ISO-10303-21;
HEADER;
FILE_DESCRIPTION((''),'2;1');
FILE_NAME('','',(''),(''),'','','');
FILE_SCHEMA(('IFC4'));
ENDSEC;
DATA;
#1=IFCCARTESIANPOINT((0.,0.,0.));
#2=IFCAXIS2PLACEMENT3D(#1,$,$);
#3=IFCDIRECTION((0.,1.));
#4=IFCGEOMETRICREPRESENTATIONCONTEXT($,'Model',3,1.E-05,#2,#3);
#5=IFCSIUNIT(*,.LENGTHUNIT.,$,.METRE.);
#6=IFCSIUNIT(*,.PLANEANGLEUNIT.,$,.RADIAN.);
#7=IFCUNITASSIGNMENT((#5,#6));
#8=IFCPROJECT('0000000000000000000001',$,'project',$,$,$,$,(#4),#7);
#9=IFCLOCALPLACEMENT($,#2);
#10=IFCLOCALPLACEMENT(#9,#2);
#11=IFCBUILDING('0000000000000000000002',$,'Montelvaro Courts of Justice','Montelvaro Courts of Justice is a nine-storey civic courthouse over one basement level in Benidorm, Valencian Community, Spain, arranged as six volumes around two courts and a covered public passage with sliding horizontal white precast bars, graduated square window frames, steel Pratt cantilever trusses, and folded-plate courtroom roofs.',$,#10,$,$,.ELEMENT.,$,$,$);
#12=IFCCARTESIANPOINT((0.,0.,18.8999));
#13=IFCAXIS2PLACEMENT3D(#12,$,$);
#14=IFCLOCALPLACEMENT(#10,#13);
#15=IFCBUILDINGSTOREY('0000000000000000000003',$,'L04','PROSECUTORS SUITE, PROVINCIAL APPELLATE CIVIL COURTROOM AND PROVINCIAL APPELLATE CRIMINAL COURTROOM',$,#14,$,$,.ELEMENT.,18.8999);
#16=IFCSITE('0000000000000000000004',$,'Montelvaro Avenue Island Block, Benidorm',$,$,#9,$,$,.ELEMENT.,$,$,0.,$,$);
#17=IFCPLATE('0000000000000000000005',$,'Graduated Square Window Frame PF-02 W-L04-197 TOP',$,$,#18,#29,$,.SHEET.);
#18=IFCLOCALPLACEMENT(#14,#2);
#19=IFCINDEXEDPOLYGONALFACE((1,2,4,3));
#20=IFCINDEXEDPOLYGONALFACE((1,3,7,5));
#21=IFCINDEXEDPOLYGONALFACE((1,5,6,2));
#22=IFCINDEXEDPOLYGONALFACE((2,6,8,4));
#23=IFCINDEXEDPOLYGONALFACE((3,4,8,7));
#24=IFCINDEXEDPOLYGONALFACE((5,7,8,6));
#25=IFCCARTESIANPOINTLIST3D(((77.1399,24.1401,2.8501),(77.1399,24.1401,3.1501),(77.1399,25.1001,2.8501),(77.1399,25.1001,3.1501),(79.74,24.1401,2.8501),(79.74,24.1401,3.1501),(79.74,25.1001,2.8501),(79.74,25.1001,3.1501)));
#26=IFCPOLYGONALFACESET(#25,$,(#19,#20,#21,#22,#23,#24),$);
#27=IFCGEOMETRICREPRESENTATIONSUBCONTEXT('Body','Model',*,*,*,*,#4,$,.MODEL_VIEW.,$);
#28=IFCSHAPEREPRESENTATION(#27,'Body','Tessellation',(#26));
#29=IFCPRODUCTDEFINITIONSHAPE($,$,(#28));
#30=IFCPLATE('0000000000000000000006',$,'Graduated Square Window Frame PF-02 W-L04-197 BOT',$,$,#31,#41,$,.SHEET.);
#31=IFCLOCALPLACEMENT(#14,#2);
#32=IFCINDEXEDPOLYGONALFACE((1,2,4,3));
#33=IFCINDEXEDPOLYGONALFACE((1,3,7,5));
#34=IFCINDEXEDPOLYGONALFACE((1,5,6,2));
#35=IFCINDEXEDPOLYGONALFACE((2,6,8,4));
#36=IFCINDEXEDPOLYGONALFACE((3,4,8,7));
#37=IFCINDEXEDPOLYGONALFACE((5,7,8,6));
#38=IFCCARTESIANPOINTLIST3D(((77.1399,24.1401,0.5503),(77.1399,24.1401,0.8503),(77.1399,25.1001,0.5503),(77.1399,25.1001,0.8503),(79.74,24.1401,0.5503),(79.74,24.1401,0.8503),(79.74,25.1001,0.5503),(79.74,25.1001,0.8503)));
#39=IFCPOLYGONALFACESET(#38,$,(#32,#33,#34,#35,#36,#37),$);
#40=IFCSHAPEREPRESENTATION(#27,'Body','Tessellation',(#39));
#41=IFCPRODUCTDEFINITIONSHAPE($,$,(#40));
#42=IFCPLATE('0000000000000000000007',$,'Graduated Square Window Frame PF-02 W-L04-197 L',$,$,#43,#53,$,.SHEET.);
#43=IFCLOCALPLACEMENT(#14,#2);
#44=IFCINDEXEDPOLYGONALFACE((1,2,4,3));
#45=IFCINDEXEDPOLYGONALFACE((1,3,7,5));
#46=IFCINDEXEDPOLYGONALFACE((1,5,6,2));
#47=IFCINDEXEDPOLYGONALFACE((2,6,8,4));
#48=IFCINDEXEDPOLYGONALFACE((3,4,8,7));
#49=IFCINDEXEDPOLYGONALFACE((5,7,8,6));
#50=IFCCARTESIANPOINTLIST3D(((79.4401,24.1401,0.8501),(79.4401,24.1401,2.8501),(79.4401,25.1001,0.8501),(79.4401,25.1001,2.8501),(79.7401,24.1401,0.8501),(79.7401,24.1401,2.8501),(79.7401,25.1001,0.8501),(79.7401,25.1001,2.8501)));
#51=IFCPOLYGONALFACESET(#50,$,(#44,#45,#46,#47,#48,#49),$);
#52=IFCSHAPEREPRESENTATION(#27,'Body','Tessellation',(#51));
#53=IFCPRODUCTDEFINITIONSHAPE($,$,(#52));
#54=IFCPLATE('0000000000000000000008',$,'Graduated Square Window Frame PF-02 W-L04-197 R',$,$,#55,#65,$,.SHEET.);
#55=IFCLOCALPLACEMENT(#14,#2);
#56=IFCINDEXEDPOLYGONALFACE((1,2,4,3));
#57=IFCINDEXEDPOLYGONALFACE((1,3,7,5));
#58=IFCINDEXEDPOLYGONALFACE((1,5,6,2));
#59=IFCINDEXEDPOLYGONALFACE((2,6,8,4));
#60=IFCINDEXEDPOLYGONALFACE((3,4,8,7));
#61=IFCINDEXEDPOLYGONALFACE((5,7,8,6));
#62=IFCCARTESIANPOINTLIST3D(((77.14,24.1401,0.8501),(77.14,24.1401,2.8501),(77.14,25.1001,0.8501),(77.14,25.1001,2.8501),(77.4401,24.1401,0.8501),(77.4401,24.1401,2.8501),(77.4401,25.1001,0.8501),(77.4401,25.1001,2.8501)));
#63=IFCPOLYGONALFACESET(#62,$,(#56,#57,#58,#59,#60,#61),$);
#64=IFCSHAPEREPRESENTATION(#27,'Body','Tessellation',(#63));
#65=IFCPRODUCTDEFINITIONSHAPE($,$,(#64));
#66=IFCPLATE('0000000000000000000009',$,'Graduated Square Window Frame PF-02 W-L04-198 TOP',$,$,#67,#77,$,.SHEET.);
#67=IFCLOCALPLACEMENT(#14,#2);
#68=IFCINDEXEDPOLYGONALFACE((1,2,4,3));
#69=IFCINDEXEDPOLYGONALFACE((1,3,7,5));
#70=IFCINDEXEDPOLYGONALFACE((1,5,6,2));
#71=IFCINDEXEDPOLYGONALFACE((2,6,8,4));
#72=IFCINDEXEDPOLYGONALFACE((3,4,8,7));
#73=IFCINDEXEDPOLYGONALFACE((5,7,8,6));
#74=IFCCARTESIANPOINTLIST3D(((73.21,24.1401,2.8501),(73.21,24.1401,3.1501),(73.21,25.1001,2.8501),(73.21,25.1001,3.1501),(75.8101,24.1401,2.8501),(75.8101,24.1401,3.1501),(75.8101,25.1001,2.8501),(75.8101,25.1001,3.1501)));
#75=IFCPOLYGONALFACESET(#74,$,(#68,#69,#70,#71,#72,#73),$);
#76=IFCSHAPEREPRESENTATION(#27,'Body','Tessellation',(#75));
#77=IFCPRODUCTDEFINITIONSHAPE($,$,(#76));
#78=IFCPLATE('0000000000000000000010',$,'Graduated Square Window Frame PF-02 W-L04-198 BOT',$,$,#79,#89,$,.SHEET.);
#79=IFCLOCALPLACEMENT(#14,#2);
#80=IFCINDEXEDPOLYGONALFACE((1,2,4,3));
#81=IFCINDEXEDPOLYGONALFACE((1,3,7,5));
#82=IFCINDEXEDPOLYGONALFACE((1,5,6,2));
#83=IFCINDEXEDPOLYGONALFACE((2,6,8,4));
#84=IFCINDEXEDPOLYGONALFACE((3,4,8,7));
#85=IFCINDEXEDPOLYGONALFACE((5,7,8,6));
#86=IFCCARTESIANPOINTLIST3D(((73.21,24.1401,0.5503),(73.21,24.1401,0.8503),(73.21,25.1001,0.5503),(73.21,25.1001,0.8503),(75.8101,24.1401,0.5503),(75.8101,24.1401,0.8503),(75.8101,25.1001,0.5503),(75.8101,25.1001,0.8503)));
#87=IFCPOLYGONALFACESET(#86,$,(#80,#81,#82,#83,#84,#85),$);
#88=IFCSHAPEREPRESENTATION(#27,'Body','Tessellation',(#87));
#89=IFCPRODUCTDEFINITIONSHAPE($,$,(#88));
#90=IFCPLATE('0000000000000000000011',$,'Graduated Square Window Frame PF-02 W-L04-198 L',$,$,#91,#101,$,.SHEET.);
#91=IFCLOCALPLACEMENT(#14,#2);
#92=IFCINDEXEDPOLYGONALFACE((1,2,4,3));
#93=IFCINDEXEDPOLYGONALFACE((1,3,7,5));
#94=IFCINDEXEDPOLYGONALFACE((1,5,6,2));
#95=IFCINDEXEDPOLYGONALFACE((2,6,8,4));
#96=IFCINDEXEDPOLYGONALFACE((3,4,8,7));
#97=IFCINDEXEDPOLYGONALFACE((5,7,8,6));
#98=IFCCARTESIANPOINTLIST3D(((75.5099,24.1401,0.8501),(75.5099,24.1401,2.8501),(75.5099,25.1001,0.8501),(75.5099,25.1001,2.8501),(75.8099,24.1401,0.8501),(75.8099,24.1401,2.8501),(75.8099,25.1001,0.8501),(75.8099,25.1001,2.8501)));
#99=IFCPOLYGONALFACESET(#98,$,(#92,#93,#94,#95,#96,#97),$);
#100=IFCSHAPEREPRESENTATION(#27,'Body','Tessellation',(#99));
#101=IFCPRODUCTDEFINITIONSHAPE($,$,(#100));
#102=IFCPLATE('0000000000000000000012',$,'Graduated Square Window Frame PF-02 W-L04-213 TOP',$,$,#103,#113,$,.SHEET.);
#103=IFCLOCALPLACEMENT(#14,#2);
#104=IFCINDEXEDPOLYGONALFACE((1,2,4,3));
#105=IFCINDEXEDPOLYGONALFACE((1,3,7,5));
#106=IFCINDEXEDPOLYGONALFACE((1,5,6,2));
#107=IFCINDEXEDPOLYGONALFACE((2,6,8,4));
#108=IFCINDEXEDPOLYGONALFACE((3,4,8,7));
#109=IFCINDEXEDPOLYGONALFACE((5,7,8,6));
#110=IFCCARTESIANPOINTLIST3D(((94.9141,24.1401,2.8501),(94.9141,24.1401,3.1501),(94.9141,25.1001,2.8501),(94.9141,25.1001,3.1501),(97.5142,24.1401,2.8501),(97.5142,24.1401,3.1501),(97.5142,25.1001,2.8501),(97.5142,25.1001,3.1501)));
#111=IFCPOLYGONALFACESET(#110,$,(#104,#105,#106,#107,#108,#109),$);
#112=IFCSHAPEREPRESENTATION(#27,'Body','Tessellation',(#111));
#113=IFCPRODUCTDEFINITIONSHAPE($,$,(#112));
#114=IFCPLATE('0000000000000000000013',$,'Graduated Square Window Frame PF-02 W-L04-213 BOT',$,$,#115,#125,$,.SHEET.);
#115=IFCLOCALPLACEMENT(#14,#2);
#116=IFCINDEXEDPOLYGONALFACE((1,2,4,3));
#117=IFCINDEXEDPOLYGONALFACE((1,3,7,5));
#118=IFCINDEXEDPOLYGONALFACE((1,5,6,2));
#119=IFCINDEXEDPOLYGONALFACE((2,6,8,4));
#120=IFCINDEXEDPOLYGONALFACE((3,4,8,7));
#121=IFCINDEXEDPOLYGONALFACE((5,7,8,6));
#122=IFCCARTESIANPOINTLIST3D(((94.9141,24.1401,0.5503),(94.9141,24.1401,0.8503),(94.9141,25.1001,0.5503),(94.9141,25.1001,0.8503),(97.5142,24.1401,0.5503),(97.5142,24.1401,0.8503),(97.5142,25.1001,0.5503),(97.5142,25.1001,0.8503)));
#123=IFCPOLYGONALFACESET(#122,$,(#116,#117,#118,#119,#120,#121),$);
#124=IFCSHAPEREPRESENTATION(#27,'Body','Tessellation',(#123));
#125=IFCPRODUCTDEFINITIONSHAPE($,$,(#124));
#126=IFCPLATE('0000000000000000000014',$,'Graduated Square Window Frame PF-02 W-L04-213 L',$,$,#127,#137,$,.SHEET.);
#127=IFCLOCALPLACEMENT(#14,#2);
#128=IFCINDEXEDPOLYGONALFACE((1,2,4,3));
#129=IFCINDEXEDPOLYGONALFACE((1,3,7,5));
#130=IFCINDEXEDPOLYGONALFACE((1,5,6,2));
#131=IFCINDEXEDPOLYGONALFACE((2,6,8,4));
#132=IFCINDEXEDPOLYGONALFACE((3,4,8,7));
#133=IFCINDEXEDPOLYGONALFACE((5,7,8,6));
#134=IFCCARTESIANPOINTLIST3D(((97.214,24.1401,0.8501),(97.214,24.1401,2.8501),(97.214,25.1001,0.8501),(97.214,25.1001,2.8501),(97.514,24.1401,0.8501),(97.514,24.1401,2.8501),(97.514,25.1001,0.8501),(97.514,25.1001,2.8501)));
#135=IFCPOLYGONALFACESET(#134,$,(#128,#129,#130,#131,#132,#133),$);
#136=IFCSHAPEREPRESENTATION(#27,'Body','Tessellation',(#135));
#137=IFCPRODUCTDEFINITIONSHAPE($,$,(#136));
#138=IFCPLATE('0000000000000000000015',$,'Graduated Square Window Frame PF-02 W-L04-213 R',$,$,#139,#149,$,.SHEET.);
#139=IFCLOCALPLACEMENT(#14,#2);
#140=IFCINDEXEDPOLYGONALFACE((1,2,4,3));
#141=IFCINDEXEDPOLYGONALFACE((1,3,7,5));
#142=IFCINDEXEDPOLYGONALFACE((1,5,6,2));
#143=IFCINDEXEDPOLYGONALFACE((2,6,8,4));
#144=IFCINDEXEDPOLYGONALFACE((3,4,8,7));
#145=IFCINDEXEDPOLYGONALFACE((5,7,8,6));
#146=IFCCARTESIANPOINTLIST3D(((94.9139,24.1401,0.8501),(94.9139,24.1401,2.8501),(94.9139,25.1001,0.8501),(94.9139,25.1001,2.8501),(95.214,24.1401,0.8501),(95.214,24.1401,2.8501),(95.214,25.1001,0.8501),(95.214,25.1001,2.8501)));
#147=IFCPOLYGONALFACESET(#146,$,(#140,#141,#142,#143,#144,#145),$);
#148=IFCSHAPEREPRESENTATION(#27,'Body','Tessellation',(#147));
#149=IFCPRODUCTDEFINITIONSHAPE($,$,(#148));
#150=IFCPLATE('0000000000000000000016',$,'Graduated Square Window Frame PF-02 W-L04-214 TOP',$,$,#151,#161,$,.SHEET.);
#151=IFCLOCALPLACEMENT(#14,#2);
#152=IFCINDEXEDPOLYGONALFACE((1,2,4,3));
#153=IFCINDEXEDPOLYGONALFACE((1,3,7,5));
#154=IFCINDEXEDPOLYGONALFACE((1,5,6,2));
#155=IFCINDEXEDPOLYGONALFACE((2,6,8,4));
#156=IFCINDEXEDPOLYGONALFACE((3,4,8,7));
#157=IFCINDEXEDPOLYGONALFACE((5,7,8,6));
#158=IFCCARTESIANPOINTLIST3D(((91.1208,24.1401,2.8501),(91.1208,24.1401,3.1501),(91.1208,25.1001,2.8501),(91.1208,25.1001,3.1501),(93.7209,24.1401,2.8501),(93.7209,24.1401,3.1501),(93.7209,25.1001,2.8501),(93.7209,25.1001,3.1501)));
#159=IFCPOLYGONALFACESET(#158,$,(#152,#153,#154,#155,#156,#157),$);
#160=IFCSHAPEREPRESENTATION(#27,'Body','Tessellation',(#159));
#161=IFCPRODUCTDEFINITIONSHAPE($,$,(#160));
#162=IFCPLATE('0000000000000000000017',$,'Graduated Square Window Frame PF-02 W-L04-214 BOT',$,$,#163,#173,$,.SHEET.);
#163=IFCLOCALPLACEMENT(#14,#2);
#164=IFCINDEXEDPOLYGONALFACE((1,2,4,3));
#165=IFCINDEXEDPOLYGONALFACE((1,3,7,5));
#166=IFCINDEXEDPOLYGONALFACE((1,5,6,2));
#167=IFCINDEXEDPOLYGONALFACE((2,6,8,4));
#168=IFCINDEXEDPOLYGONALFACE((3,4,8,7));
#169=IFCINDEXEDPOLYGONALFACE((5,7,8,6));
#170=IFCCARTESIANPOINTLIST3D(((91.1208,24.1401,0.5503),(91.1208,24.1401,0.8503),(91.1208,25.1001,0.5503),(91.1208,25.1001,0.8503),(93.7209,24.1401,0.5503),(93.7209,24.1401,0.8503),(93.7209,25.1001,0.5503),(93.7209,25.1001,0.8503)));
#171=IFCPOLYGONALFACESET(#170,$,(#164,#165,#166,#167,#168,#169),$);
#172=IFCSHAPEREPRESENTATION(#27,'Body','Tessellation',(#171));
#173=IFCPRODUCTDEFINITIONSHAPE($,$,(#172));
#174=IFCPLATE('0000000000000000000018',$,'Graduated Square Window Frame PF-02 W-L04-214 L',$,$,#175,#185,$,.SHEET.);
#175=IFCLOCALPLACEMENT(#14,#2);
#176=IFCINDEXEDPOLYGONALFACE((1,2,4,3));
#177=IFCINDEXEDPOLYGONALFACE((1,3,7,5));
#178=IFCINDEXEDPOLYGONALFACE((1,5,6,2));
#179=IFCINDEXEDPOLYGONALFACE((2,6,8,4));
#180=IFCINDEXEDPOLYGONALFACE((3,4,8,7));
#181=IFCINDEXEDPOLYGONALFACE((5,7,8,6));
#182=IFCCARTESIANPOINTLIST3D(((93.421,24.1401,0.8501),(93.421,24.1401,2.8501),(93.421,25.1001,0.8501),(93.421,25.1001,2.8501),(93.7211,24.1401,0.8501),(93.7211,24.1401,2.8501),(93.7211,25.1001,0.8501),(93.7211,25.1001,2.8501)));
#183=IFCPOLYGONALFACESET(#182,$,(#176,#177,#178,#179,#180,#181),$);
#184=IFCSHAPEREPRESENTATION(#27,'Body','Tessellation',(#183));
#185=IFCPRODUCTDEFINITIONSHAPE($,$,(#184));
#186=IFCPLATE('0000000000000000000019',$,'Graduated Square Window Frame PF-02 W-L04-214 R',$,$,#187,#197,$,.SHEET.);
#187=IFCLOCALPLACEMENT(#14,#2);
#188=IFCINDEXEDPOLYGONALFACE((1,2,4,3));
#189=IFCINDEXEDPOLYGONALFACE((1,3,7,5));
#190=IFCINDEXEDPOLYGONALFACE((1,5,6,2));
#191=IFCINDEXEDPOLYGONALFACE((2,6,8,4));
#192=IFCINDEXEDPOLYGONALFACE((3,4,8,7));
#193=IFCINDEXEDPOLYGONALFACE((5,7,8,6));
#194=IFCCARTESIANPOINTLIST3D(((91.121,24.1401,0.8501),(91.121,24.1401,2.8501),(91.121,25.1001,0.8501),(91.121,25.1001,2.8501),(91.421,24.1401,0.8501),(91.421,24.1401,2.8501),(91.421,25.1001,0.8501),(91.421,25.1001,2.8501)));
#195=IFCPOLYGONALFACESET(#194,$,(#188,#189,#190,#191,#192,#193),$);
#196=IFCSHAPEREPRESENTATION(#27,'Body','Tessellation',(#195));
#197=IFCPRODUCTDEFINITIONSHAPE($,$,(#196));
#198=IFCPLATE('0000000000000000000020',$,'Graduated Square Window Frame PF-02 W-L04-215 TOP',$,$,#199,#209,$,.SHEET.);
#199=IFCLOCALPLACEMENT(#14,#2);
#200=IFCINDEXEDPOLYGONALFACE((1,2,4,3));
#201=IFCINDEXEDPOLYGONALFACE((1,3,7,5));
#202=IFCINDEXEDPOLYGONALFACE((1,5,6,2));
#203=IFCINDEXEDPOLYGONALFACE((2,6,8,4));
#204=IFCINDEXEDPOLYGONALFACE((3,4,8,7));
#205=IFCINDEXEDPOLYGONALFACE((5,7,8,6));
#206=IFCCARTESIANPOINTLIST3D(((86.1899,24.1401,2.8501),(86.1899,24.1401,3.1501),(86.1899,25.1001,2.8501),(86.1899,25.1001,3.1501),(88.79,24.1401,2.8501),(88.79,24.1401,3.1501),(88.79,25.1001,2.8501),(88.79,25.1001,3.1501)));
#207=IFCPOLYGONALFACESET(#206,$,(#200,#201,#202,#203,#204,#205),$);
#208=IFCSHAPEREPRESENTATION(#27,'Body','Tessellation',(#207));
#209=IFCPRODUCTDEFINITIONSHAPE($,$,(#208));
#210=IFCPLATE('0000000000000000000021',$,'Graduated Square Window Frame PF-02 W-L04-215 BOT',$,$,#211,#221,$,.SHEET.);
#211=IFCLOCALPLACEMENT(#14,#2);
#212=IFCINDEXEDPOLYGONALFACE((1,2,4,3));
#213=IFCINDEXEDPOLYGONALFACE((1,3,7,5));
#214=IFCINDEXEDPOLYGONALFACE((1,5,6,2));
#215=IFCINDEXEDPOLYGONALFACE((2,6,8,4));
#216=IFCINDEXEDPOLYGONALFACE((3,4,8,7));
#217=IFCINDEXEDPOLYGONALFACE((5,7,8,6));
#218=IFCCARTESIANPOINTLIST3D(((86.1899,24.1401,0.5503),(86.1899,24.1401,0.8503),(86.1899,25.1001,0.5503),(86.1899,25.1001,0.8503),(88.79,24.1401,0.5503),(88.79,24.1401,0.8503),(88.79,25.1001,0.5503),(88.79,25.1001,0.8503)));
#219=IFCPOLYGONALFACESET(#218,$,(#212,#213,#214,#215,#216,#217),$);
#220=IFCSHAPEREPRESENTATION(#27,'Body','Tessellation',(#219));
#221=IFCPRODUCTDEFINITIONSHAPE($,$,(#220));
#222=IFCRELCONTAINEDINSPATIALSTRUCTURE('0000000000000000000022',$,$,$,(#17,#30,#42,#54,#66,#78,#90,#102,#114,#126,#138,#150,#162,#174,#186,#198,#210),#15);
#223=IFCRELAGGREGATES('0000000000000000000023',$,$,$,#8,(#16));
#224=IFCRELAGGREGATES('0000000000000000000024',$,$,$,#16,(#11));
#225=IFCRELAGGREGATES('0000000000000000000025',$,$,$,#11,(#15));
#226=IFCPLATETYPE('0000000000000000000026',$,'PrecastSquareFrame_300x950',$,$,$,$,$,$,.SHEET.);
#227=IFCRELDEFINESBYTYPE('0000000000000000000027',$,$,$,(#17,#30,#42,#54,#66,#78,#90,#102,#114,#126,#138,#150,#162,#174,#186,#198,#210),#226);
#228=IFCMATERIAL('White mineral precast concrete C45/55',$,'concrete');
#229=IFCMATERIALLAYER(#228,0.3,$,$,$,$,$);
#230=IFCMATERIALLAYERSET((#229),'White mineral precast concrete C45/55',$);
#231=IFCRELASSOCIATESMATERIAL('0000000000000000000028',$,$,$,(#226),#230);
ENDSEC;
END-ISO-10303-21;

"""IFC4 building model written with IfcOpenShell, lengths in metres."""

from ifc_helpers import new_model, si_unit, direction, frame, origin, origin_2d, place, context, subcontext, project, spatial, rectangle, extrude, material, layer, layer_set, type_object, element, save


model = new_model("IFC4")

# Units and contexts
model_context = context("Model", 3, precision=1e-05, world=origin(), true_north=direction((0.0, 1.0)))
body_context = subcontext(model_context, "Body", "Model", "MODEL_VIEW")
ifc_project = project(units=[si_unit("LENGTHUNIT", "METRE"), si_unit("PLANEANGLEUNIT", "RADIAN")], contexts=[model_context])

# Site, building, storey
site_placement = place(None, origin())
site = spatial("IfcSite", under=ifc_project, at=site_placement, Name="Montelvaro Avenue Island Block, Benidorm", CompositionType="ELEMENT", RefElevation=0.0)
building_placement = place(site_placement, origin())
building = spatial("IfcBuilding", under=site, at=building_placement, Name="Montelvaro Courts of Justice", Description="Montelvaro Courts of Justice is a nine-storey civic courthouse over one basement level in Benidorm, Valencian Community, Spain, arranged as six volumes around two courts and a covered public passage with sliding horizontal white precast bars, graduated square window frames, steel Pratt cantilever trusses, and folded-plate courtroom roofs.", CompositionType="ELEMENT")
storey_placement = place(building_placement, frame((0.0, 0.0, 18.8999)))
storey = spatial("IfcBuildingStorey", under=building, at=storey_placement, Name="L04", Description="PROSECUTORS SUITE, PROVINCIAL APPELLATE CIVIL COURTROOM AND PROVINCIAL APPELLATE CRIMINAL COURTROOM", CompositionType="ELEMENT", Elevation=18.8999)

# Plates
ifc_material_1 = material(Name="White mineral precast concrete C45/55", Category="concrete")
ifc_layer_1 = layer(ifc_material_1, 0.3)
ifc_layer_set_1 = layer_set([ifc_layer_1], Name="White mineral precast concrete C45/55")
plate_type_1 = type_object("IfcPlateType", Name="PrecastSquareFrame_300x950", PredefinedType="SHEET", material=ifc_layer_set_1)
for number, where, z_axis, x_axis, name in (
    (1, (78.4399, 24.6201, 2.8501), (0.0, 0.0, 1.0), (-1.0, 0.0, 0.0), "Graduated Square Window Frame PF-02 W-L04-197 TOP"),
    (2, (78.4399, 24.6201, 0.5503), (0.0, 0.0, 1.0), (-1.0, 0.0, 0.0), "Graduated Square Window Frame PF-02 W-L04-197 BOT"),
):
    element("IfcPlate", number, at=place(storey_placement, frame(where, z_axis=z_axis, x_axis=x_axis)), inside=storey, type_object=plate_type_1, Name=name, PredefinedType="SHEET", context=body_context, shape_type="SweptSolid", body=[
        extrude(rectangle(XDim=2.6001, YDim=0.96, at=origin_2d()), origin(), (0.0, 0.0, 1.0), 0.3),
    ])
for number, where, z_axis, x_axis, name in (
    (3, (79.5901, 24.6201, 0.8501), (0.0, 0.0, 1.0), (-1.0, 0.0, 0.0), "Graduated Square Window Frame PF-02 W-L04-197 L"),
    (4, (77.29, 24.6201, 0.8501), (0.0, 0.0, 1.0), (-1.0, 0.0, 0.0), "Graduated Square Window Frame PF-02 W-L04-197 R"),
):
    element("IfcPlate", number, at=place(storey_placement, frame(where, z_axis=z_axis, x_axis=x_axis)), inside=storey, type_object=plate_type_1, Name=name, PredefinedType="SHEET", context=body_context, shape_type="SweptSolid", body=[
        extrude(rectangle(XDim=0.3, YDim=0.96, at=origin_2d()), origin(), (0.0, 0.0, 1.0), 2.0),
    ])
for number, where, z_axis, x_axis, name in (
    (5, (74.51, 24.6201, 2.8501), (0.0, 0.0, 1.0), (-1.0, 0.0, 0.0), "Graduated Square Window Frame PF-02 W-L04-198 TOP"),
    (6, (74.51, 24.6201, 0.5503), (0.0, 0.0, 1.0), (-1.0, 0.0, 0.0), "Graduated Square Window Frame PF-02 W-L04-198 BOT"),
):
    element("IfcPlate", number, at=place(storey_placement, frame(where, z_axis=z_axis, x_axis=x_axis)), inside=storey, type_object=plate_type_1, Name=name, PredefinedType="SHEET", context=body_context, shape_type="SweptSolid", body=[
        extrude(rectangle(XDim=2.6001, YDim=0.96, at=origin_2d()), origin(), (0.0, 0.0, 1.0), 0.3),
    ])
plate_1_placement = place(storey_placement, frame((75.6599, 24.6201, 0.8501), z_axis=(0.0, 0.0, 1.0), x_axis=(-1.0, 0.0, 0.0)))
element("IfcPlate", 7, at=plate_1_placement, inside=storey, type_object=plate_type_1, Name="Graduated Square Window Frame PF-02 W-L04-198 L", PredefinedType="SHEET", context=body_context, shape_type="SweptSolid", body=[
    extrude(rectangle(XDim=0.3, YDim=0.96, at=origin_2d()), origin(), (0.0, 0.0, 1.0), 2.0),
])
for number, where, z_axis, x_axis, name in (
    (8, (96.2141, 24.6201, 2.8501), (0.0, 0.0, 1.0), (-1.0, 0.0, 0.0), "Graduated Square Window Frame PF-02 W-L04-213 TOP"),
    (9, (96.2141, 24.6201, 0.5503), (0.0, 0.0, 1.0), (-1.0, 0.0, 0.0), "Graduated Square Window Frame PF-02 W-L04-213 BOT"),
):
    element("IfcPlate", number, at=place(storey_placement, frame(where, z_axis=z_axis, x_axis=x_axis)), inside=storey, type_object=plate_type_1, Name=name, PredefinedType="SHEET", context=body_context, shape_type="SweptSolid", body=[
        extrude(rectangle(XDim=2.6001, YDim=0.96, at=origin_2d()), origin(), (0.0, 0.0, 1.0), 0.3),
    ])
for number, where, z_axis, x_axis, name in (
    (10, (97.364, 24.6201, 0.8501), (0.0, 0.0, 1.0), (-1.0, 0.0, 0.0), "Graduated Square Window Frame PF-02 W-L04-213 L"),
    (11, (95.064, 24.6201, 0.8501), (0.0, 0.0, 1.0), (-1.0, 0.0, 0.0), "Graduated Square Window Frame PF-02 W-L04-213 R"),
):
    element("IfcPlate", number, at=place(storey_placement, frame(where, z_axis=z_axis, x_axis=x_axis)), inside=storey, type_object=plate_type_1, Name=name, PredefinedType="SHEET", context=body_context, shape_type="SweptSolid", body=[
        extrude(rectangle(XDim=0.3, YDim=0.96, at=origin_2d()), origin(), (0.0, 0.0, 1.0), 2.0),
    ])
for number, where, z_axis, x_axis, name in (
    (12, (92.4209, 24.6201, 2.8501), (0.0, 0.0, 1.0), (-1.0, 0.0, 0.0), "Graduated Square Window Frame PF-02 W-L04-214 TOP"),
    (13, (92.4209, 24.6201, 0.5503), (0.0, 0.0, 1.0), (-1.0, 0.0, 0.0), "Graduated Square Window Frame PF-02 W-L04-214 BOT"),
):
    element("IfcPlate", number, at=place(storey_placement, frame(where, z_axis=z_axis, x_axis=x_axis)), inside=storey, type_object=plate_type_1, Name=name, PredefinedType="SHEET", context=body_context, shape_type="SweptSolid", body=[
        extrude(rectangle(XDim=2.6001, YDim=0.96, at=origin_2d()), origin(), (0.0, 0.0, 1.0), 0.3),
    ])
for number, where, z_axis, x_axis, name in (
    (14, (93.571, 24.6201, 0.8501), (0.0, 0.0, 1.0), (-1.0, 0.0, 0.0), "Graduated Square Window Frame PF-02 W-L04-214 L"),
    (15, (91.271, 24.6201, 0.8501), (0.0, 0.0, 1.0), (-1.0, 0.0, 0.0), "Graduated Square Window Frame PF-02 W-L04-214 R"),
):
    element("IfcPlate", number, at=place(storey_placement, frame(where, z_axis=z_axis, x_axis=x_axis)), inside=storey, type_object=plate_type_1, Name=name, PredefinedType="SHEET", context=body_context, shape_type="SweptSolid", body=[
        extrude(rectangle(XDim=0.3, YDim=0.96, at=origin_2d()), origin(), (0.0, 0.0, 1.0), 2.0),
    ])
for number, where, z_axis, x_axis, name in (
    (16, (87.49, 24.6201, 2.8501), (0.0, 0.0, 1.0), (-1.0, 0.0, 0.0), "Graduated Square Window Frame PF-02 W-L04-215 TOP"),
    (17, (87.49, 24.6201, 0.5503), (0.0, 0.0, 1.0), (-1.0, 0.0, 0.0), "Graduated Square Window Frame PF-02 W-L04-215 BOT"),
):
    element("IfcPlate", number, at=place(storey_placement, frame(where, z_axis=z_axis, x_axis=x_axis)), inside=storey, type_object=plate_type_1, Name=name, PredefinedType="SHEET", context=body_context, shape_type="SweptSolid", body=[
        extrude(rectangle(XDim=2.6001, YDim=0.96, at=origin_2d()), origin(), (0.0, 0.0, 1.0), 0.3),
    ])

save(model, "model.ifc")
